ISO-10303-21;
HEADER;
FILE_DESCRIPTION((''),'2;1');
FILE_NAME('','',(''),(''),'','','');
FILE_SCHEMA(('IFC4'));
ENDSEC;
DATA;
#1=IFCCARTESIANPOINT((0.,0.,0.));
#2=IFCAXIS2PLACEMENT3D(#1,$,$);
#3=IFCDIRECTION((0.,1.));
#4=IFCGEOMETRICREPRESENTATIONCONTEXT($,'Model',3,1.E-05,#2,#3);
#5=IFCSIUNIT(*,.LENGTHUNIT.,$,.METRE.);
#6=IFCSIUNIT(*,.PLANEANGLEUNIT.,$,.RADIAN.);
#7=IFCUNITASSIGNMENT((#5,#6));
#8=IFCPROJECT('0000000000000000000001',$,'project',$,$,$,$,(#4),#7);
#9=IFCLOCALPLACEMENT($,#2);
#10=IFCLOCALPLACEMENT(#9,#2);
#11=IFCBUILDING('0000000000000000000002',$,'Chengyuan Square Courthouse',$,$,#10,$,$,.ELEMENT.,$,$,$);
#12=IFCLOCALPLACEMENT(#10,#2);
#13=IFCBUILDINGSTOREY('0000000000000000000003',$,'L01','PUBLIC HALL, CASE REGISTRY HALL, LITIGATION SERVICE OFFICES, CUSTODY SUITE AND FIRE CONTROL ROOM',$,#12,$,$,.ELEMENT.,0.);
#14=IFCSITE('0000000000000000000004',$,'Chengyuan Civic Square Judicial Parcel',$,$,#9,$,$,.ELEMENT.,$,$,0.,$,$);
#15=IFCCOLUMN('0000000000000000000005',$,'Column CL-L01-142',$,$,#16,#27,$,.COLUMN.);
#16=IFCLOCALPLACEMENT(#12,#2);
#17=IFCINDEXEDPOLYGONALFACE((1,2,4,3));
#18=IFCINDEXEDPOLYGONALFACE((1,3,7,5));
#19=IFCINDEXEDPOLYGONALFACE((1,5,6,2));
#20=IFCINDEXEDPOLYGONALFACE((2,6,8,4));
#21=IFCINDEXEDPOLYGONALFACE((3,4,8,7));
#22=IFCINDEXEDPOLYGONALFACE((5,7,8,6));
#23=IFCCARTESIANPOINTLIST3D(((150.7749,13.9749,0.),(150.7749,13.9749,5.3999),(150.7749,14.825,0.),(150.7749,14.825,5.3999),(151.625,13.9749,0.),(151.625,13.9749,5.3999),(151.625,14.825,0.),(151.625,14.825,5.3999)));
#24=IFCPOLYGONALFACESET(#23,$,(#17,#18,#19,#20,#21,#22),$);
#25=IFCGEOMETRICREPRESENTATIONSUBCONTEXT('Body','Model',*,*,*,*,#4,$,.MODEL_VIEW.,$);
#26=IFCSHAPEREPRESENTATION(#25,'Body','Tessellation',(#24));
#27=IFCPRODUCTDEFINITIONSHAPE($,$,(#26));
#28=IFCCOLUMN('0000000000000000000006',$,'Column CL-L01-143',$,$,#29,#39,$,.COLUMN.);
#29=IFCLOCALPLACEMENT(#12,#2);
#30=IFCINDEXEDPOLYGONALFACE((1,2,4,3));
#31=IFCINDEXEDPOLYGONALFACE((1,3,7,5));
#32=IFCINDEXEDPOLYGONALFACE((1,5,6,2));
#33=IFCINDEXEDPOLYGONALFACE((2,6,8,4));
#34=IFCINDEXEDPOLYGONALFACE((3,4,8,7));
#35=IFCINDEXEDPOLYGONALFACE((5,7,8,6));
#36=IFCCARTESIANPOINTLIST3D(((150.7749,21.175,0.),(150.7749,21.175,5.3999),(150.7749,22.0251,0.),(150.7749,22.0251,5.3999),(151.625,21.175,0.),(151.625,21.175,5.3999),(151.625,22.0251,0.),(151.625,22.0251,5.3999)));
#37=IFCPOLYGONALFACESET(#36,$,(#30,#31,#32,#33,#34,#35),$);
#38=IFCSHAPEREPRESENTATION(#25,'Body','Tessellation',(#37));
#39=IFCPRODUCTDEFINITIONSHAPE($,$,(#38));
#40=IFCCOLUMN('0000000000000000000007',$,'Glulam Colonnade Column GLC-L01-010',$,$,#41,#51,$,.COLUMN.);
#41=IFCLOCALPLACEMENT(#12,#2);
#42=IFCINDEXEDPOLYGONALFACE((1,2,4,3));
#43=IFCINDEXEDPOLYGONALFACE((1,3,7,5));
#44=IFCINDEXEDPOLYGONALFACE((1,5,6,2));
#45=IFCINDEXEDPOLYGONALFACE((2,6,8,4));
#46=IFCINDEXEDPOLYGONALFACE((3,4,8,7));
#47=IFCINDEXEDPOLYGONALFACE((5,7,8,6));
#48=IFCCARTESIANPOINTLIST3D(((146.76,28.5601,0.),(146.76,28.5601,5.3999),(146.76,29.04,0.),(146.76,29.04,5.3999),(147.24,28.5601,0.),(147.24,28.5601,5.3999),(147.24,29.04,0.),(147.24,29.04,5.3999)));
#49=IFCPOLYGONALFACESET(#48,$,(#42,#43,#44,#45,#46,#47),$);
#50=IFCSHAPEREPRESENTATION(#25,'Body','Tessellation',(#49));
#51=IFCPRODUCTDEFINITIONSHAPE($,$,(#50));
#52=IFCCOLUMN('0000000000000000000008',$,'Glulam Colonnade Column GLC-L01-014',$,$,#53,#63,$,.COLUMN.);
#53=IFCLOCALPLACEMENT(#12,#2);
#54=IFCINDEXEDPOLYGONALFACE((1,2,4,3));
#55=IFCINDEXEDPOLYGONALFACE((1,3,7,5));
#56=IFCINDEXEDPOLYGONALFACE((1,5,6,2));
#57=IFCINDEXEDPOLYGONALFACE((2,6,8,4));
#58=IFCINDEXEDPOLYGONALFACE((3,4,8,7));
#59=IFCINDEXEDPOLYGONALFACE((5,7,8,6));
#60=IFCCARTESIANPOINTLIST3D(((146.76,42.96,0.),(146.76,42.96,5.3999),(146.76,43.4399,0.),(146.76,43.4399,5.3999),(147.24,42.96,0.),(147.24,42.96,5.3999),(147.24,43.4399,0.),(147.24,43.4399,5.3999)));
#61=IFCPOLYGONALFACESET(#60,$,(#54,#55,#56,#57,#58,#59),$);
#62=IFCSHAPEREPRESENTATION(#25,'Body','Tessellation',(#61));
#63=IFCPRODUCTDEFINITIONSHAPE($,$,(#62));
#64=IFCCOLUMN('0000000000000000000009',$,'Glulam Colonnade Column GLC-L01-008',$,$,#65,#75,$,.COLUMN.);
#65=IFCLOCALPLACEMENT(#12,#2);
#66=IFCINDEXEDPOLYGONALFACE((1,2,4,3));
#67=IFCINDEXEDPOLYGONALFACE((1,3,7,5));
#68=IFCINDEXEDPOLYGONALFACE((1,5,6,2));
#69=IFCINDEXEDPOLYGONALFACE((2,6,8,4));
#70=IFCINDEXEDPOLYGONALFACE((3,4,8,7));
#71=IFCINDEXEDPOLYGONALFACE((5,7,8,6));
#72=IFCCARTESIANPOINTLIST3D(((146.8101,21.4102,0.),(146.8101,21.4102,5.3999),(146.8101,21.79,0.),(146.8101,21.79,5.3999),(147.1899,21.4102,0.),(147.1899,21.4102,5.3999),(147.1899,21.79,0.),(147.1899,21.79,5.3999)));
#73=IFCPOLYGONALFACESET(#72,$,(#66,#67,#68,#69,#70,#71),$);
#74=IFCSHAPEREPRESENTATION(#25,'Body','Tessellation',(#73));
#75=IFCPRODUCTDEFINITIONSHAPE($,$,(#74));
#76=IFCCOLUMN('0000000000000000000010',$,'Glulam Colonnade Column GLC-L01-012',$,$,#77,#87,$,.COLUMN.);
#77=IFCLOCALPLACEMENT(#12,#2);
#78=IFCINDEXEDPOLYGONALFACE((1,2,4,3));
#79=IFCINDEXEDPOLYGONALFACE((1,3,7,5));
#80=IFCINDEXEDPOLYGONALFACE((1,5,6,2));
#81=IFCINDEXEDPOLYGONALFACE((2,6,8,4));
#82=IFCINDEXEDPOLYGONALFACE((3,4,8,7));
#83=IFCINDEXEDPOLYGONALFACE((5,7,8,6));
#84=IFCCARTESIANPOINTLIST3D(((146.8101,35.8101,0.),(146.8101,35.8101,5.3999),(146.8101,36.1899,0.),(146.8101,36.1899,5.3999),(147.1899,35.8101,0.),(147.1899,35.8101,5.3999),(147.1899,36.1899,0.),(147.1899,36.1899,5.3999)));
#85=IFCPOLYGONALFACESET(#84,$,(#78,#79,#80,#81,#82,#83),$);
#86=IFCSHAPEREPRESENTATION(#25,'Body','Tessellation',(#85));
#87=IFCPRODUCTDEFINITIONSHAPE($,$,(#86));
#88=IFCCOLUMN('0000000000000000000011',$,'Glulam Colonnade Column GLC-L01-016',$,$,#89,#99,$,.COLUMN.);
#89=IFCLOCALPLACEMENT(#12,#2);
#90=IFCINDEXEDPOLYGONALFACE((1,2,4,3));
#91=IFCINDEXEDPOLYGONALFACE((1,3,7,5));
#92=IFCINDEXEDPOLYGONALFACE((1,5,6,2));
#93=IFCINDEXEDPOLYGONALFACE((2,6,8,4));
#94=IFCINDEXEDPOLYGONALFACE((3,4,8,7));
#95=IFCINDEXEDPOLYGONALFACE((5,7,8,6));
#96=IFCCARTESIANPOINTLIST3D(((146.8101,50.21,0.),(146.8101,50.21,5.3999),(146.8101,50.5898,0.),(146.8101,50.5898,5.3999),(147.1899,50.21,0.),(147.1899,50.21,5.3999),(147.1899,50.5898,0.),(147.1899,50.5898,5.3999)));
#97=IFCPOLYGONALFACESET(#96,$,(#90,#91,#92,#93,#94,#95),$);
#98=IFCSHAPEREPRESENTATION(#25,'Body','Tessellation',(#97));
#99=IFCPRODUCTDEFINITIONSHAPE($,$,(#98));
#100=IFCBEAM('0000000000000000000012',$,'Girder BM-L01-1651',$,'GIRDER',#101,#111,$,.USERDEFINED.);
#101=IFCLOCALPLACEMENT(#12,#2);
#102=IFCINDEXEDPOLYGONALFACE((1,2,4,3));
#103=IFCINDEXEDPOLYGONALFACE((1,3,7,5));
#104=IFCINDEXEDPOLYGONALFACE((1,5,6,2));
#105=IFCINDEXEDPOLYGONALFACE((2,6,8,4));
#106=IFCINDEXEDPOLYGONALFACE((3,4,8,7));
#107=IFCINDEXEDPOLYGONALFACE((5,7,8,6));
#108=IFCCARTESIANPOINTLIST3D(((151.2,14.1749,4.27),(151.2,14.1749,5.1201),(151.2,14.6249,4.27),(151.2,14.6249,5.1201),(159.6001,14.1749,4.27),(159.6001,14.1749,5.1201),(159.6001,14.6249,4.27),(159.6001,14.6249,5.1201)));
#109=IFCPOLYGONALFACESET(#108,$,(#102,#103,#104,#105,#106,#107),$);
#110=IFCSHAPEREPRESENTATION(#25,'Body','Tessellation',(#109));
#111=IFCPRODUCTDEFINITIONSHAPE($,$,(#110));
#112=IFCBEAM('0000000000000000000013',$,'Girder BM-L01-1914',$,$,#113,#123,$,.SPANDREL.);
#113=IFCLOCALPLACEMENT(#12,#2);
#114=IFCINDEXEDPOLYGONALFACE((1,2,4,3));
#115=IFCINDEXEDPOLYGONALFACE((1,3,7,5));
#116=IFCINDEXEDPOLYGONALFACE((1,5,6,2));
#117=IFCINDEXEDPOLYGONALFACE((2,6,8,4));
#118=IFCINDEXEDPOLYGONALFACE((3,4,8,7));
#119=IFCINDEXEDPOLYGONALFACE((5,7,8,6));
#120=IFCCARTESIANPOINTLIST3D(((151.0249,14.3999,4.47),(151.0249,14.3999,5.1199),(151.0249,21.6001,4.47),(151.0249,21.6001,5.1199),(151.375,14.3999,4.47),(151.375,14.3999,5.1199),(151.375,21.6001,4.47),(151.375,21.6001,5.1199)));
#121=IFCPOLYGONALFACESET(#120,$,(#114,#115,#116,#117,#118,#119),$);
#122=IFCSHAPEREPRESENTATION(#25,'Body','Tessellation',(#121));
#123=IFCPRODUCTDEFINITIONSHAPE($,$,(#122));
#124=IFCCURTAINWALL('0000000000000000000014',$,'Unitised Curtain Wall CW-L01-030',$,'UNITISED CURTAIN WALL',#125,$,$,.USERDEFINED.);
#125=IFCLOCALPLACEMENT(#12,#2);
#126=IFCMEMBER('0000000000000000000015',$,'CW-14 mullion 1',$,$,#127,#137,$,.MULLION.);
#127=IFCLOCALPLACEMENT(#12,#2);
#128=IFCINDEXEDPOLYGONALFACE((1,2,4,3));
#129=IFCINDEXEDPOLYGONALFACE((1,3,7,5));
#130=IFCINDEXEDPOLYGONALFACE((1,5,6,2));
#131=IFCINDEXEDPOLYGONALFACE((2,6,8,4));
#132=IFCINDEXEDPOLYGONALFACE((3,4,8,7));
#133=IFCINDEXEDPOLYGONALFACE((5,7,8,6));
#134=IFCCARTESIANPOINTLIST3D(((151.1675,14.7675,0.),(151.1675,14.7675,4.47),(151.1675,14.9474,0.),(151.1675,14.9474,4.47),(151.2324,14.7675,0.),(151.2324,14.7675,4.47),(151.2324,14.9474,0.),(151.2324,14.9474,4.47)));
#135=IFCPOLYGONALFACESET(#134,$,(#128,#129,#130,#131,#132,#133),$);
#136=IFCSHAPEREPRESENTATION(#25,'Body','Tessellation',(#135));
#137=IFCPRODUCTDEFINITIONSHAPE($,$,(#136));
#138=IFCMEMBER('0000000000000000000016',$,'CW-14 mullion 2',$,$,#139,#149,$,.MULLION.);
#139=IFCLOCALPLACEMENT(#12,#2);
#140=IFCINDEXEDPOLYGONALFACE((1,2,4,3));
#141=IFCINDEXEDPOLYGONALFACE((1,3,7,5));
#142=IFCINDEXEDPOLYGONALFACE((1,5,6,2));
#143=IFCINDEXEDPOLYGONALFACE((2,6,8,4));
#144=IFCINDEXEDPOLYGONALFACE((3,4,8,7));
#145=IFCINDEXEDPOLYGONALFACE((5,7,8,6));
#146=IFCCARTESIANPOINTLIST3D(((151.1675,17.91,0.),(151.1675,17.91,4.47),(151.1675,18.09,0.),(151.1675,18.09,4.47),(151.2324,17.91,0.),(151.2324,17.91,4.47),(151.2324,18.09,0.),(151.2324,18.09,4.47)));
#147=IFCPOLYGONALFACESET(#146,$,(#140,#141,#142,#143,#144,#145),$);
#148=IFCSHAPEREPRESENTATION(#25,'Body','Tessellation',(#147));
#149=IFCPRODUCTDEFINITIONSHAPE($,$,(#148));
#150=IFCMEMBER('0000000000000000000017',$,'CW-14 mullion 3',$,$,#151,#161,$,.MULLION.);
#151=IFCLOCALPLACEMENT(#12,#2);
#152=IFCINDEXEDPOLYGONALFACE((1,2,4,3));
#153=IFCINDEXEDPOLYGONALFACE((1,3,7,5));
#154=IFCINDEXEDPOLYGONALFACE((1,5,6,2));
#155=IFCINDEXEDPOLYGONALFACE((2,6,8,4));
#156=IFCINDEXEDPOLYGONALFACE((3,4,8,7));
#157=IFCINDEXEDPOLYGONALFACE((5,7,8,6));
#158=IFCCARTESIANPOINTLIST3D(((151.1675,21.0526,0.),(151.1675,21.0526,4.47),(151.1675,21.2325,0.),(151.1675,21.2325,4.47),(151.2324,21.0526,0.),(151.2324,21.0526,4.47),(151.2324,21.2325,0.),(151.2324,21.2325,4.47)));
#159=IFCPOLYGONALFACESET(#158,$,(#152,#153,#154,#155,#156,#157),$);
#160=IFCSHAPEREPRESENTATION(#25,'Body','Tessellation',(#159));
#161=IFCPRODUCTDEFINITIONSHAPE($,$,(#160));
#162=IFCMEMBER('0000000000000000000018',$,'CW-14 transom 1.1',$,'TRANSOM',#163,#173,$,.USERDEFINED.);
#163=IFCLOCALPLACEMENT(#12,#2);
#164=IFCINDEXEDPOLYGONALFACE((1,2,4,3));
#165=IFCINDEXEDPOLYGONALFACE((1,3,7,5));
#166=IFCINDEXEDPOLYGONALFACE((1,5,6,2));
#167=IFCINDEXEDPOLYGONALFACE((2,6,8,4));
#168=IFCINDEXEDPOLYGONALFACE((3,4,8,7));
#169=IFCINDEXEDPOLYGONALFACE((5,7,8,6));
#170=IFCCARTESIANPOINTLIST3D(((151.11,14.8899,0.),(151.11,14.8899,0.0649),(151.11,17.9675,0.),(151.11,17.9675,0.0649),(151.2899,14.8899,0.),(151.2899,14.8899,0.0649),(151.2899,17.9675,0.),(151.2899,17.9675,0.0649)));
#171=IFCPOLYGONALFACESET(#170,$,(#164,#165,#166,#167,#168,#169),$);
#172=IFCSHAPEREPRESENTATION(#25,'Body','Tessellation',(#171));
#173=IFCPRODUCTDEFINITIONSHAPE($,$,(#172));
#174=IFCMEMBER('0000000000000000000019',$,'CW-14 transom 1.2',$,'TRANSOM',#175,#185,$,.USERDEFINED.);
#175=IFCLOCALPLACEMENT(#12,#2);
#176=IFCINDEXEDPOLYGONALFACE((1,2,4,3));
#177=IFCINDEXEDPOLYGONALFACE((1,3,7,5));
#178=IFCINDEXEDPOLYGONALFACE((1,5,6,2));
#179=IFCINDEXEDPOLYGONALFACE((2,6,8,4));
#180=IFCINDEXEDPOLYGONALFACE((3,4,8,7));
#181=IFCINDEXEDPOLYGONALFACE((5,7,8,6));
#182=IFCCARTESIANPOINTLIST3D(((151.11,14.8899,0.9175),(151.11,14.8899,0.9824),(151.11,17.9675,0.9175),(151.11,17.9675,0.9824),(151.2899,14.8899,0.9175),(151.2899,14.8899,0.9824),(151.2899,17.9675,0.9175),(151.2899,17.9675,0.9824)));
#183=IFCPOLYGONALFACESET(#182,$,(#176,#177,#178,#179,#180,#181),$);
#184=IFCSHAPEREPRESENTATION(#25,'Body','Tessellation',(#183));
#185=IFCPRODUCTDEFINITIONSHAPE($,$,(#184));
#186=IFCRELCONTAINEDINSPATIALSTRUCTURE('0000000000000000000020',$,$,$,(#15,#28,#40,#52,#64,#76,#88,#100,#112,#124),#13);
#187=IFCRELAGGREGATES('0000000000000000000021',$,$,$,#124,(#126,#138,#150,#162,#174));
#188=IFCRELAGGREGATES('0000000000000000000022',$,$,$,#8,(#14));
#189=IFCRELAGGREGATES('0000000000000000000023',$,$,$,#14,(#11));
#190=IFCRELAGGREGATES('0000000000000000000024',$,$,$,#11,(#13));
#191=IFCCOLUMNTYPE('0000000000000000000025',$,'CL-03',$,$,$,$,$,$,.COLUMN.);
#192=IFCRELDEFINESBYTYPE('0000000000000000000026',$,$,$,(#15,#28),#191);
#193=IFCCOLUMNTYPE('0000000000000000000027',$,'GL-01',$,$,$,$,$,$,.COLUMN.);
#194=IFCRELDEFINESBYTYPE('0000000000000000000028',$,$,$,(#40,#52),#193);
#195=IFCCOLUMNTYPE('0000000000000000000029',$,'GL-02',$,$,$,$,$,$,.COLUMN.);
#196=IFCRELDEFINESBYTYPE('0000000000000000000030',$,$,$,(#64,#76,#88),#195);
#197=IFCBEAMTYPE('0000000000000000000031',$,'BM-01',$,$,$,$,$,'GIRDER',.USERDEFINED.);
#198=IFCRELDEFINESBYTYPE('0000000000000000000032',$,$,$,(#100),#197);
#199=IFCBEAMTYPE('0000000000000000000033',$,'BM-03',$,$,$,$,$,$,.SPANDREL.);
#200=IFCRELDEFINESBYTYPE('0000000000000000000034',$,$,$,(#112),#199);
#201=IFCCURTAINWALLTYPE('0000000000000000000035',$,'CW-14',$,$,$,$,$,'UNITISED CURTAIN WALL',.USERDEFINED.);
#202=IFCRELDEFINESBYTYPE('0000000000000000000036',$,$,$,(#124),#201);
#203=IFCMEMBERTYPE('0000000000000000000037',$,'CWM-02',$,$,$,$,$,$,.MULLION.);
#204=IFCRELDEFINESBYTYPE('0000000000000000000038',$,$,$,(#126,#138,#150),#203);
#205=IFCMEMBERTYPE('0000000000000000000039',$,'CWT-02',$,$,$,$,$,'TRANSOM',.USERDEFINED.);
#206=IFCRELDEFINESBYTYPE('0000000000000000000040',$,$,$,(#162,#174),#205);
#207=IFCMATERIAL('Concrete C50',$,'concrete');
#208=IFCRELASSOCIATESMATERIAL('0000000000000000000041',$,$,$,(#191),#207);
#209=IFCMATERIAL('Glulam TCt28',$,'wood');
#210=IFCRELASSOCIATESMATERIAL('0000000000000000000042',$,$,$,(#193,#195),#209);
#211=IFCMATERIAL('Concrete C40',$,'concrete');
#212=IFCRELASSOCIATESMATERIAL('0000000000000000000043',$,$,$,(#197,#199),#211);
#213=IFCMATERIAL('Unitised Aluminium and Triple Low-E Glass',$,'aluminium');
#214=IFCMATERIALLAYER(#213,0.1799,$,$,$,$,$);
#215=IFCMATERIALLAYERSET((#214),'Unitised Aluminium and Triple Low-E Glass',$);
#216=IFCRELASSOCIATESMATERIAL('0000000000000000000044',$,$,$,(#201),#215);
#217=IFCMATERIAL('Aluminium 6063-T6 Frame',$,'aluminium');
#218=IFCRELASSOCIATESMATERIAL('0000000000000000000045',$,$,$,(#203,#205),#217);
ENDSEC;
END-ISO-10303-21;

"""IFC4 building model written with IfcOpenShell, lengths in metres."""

from ifc_helpers import new_model, si_unit, direction, frame, origin, origin_2d, place, context, subcontext, project, spatial, rectangle, extrude, material, layer, layer_set, material_profile, profile_set, type_object, element, aggregate, save


model = new_model("IFC4")

# Units and contexts
model_context = context("Model", 3, precision=1e-05, world=origin(), true_north=direction((0.0, 1.0)))
body_context = subcontext(model_context, "Body", "Model", "MODEL_VIEW")
ifc_project = project(units=[si_unit("LENGTHUNIT", "METRE"), si_unit("PLANEANGLEUNIT", "RADIAN")], contexts=[model_context])

# Site, building, storey
site_placement = place(None, origin())
site = spatial("IfcSite", under=ifc_project, at=site_placement, Name="Chengyuan Civic Square Judicial Parcel", CompositionType="ELEMENT", RefElevation=0.0)
building_placement = place(site_placement, origin())
building = spatial("IfcBuilding", under=site, at=building_placement, Name="Chengyuan Square Courthouse", CompositionType="ELEMENT")
storey_placement = place(building_placement, origin())
storey = spatial("IfcBuildingStorey", under=building, at=storey_placement, Name="L01", Description="PUBLIC HALL, CASE REGISTRY HALL, LITIGATION SERVICE OFFICES, CUSTODY SUITE AND FIRE CONTROL ROOM", CompositionType="ELEMENT", Elevation=0.0)

# Columns
ifc_material_1 = material(Name="Concrete C50", Category="concrete")
ifc_material_profile_1 = material_profile(ifc_material_1, rectangle(XDim=0.8501, YDim=0.8501, at=origin_2d()), Name="RC-COL-850x850")
ifc_profile_set_1 = profile_set([ifc_material_profile_1], Name="Concrete C50")
column_type_1 = type_object("IfcColumnType", Name="CL-03", PredefinedType="COLUMN", material=ifc_profile_set_1)
for number, where, z_axis, x_axis, name in (
    (1, (151.2, 14.3999, 0.0), (0.0, 0.0, 1.0), (1.0, 0.0, 0.0), "Column CL-L01-142"),
    (2, (151.2, 21.6001, 0.0), (0.0, 0.0, 1.0), (1.0, 0.0, 0.0), "Column CL-L01-143"),
):
    element("IfcColumn", number, at=place(storey_placement, frame(where, z_axis=z_axis, x_axis=x_axis)), inside=storey, type_object=column_type_1, Name=name, PredefinedType="COLUMN", context=body_context, shape_type="SweptSolid", body=[
        extrude(rectangle(XDim=0.8501, YDim=0.8501, at=origin_2d()), origin(), (0.0, 0.0, 1.0), 5.3999),
    ])
ifc_material_2 = material(Name="Glulam TCt28", Category="wood")
ifc_material_profile_2 = material_profile(ifc_material_2, rectangle(XDim=0.48, YDim=0.48, at=origin_2d()), Name="GL-COL-480x480")
ifc_profile_set_2 = profile_set([ifc_material_profile_2], Name="Glulam TCt28")
column_type_2 = type_object("IfcColumnType", Name="GL-01", PredefinedType="COLUMN", material=ifc_profile_set_2)
for number, where, z_axis, x_axis, name in (
    (3, (147.0, 28.8, 0.0), (0.0, 0.0, 1.0), (1.0, 0.0, 0.0), "Glulam Colonnade Column GLC-L01-010"),
    (4, (147.0, 43.2, 0.0), (0.0, 0.0, 1.0), (1.0, 0.0, 0.0), "Glulam Colonnade Column GLC-L01-014"),
):
    element("IfcColumn", number, at=place(storey_placement, frame(where, z_axis=z_axis, x_axis=x_axis)), inside=storey, type_object=column_type_2, Name=name, PredefinedType="COLUMN", context=body_context, shape_type="SweptSolid", body=[
        extrude(rectangle(XDim=0.48, YDim=0.48, at=origin_2d()), origin(), (0.0, 0.0, 1.0), 5.3999),
    ])
ifc_material_profile_3 = material_profile(ifc_material_2, rectangle(XDim=0.3799, YDim=0.3799, at=origin_2d()), Name="GL-COL-380x380")
ifc_profile_set_3 = profile_set([ifc_material_profile_3], Name="Glulam TCt28")
column_type_3 = type_object("IfcColumnType", Name="GL-02", PredefinedType="COLUMN", material=ifc_profile_set_3)
for number, where, z_axis, x_axis, name in (
    (5, (147.0, 21.6001, 0.0), (0.0, 0.0, 1.0), (1.0, 0.0, 0.0), "Glulam Colonnade Column GLC-L01-008"),
    (6, (147.0, 36.0, 0.0), (0.0, 0.0, 1.0), (1.0, 0.0, 0.0), "Glulam Colonnade Column GLC-L01-012"),
    (7, (147.0, 50.3999, 0.0), (0.0, 0.0, 1.0), (1.0, 0.0, 0.0), "Glulam Colonnade Column GLC-L01-016"),
):
    element("IfcColumn", number, at=place(storey_placement, frame(where, z_axis=z_axis, x_axis=x_axis)), inside=storey, type_object=column_type_3, Name=name, PredefinedType="COLUMN", context=body_context, shape_type="SweptSolid", body=[
        extrude(rectangle(XDim=0.3799, YDim=0.3799, at=origin_2d()), origin(), (0.0, 0.0, 1.0), 5.3999),
    ])

# Beams
ifc_material_3 = material(Name="Concrete C40", Category="concrete")
ifc_material_profile_4 = material_profile(ifc_material_3, rectangle(XDim=0.45, YDim=0.8501, at=origin_2d()), Name="RC-BM-450x850")
ifc_profile_set_4 = profile_set([ifc_material_profile_4], Name="Concrete C40")
beam_type_1 = type_object("IfcBeamType", Name="BM-01", ElementType="GIRDER", PredefinedType="USERDEFINED", material=ifc_profile_set_4)
beam_1_placement = place(storey_placement, frame((151.2, 14.3999, 4.6951), z_axis=(1.0, 0.0, 0.0), x_axis=(0.0, 1.0, 0.0)))
element("IfcBeam", 8, at=beam_1_placement, inside=storey, type_object=beam_type_1, Name="Girder BM-L01-1651", ObjectType="GIRDER", PredefinedType="USERDEFINED", context=body_context, shape_type="SweptSolid", body=[
    extrude(rectangle(XDim=0.45, YDim=0.8501, at=origin_2d()), origin(), (0.0, 0.0, 1.0), 8.4001),
])
ifc_material_profile_5 = material_profile(ifc_material_3, rectangle(XDim=0.3501, YDim=0.6499, at=origin_2d()), Name="RC-BM-350x650")
ifc_profile_set_5 = profile_set([ifc_material_profile_5], Name="Concrete C40")
beam_type_2 = type_object("IfcBeamType", Name="BM-03", PredefinedType="SPANDREL", material=ifc_profile_set_5)
beam_2_placement = place(storey_placement, frame((151.2, 14.3999, 4.7949), z_axis=(0.0, 1.0, 0.0), x_axis=(-1.0, 0.0, 0.0)))
element("IfcBeam", 9, at=beam_2_placement, inside=storey, type_object=beam_type_2, Name="Girder BM-L01-1914", PredefinedType="SPANDREL", context=body_context, shape_type="SweptSolid", body=[
    extrude(rectangle(XDim=0.3501, YDim=0.6499, at=origin_2d()), origin(), (0.0, 0.0, 1.0), 7.2002),
])

# Curtain wall, members
ifc_material_4 = material(Name="Unitised Aluminium and Triple Low-E Glass", Category="aluminium")
ifc_layer_1 = layer(ifc_material_4, 0.1799)
ifc_layer_set_1 = layer_set([ifc_layer_1], Name="Unitised Aluminium and Triple Low-E Glass")
curtain_wall_type = type_object("IfcCurtainWallType", Name="CW-14", ElementType="UNITISED CURTAIN WALL", PredefinedType="USERDEFINED", material=ifc_layer_set_1)
curtain_wall_placement = place(storey_placement, origin())
curtain_wall = element("IfcCurtainWall", 10, at=curtain_wall_placement, inside=storey, type_object=curtain_wall_type, Name="Unitised Curtain Wall CW-L01-030", ObjectType="UNITISED CURTAIN WALL", PredefinedType="USERDEFINED")
ifc_material_5 = material(Name="Aluminium 6063-T6 Frame", Category="aluminium")
ifc_material_profile_6 = material_profile(ifc_material_5, rectangle(XDim=0.0649, YDim=0.1799, at=origin_2d()), Name="CW-MUL-65x180")
ifc_profile_set_6 = profile_set([ifc_material_profile_6], Name="Aluminium 6063-T6 Frame")
member_type_1 = type_object("IfcMemberType", Name="CWM-02", PredefinedType="MULLION", material=ifc_profile_set_6)
member_1_placement = place(storey_placement, frame((151.2, 14.8574, 0.0), z_axis=(0.0, 0.0, 1.0), x_axis=(-1.0, 0.0, 0.0)))
member_1 = element("IfcMember", 11, at=member_1_placement, type_object=member_type_1, Name="CW-14 mullion 1", PredefinedType="MULLION", context=body_context, shape_type="SweptSolid", body=[
    extrude(rectangle(XDim=0.0649, YDim=0.1799, at=origin_2d()), origin(), (0.0, 0.0, 1.0), 4.47),
])
member_2_placement = place(storey_placement, frame((151.2, 18.0, 0.0), z_axis=(0.0, 0.0, 1.0), x_axis=(-1.0, 0.0, 0.0)))
member_2 = element("IfcMember", 12, at=member_2_placement, type_object=member_type_1, Name="CW-14 mullion 2", PredefinedType="MULLION", context=body_context, shape_type="SweptSolid", body=[
    extrude(rectangle(XDim=0.0649, YDim=0.1799, at=origin_2d()), origin(), (0.0, 0.0, 1.0), 4.47),
])
member_3_placement = place(storey_placement, frame((151.2, 21.1426, 0.0), z_axis=(0.0, 0.0, 1.0), x_axis=(-1.0, 0.0, 0.0)))
member_3 = element("IfcMember", 13, at=member_3_placement, type_object=member_type_1, Name="CW-14 mullion 3", PredefinedType="MULLION", context=body_context, shape_type="SweptSolid", body=[
    extrude(rectangle(XDim=0.0649, YDim=0.1799, at=origin_2d()), origin(), (0.0, 0.0, 1.0), 4.47),
])
ifc_material_profile_7 = material_profile(ifc_material_5, rectangle(XDim=0.1799, YDim=0.0649, at=origin_2d()), Name="CW-TRN-65x140")
ifc_profile_set_7 = profile_set([ifc_material_profile_7], Name="Aluminium 6063-T6 Frame")
member_type_2 = type_object("IfcMemberType", Name="CWT-02", ElementType="TRANSOM", PredefinedType="USERDEFINED", material=ifc_profile_set_7)
member_4_placement = place(storey_placement, frame((151.2, 14.8899, 0.0325), z_axis=(0.0, 1.0, 0.0), x_axis=(-1.0, 0.0, 0.0)))
member_4 = element("IfcMember", 14, at=member_4_placement, type_object=member_type_2, Name="CW-14 transom 1.1", ObjectType="TRANSOM", PredefinedType="USERDEFINED", context=body_context, shape_type="SweptSolid", body=[
    extrude(rectangle(XDim=0.1799, YDim=0.0649, at=origin_2d()), origin(), (0.0, 0.0, 1.0), 3.0776),
])
member_5_placement = place(storey_placement, frame((151.2, 14.8899, 0.95), z_axis=(0.0, 1.0, 0.0), x_axis=(-1.0, 0.0, 0.0)))
member_5 = element("IfcMember", 15, at=member_5_placement, type_object=member_type_2, Name="CW-14 transom 1.2", ObjectType="TRANSOM", PredefinedType="USERDEFINED", context=body_context, shape_type="SweptSolid", body=[
    extrude(rectangle(XDim=0.1799, YDim=0.0649, at=origin_2d()), origin(), (0.0, 0.0, 1.0), 3.0776),
])

aggregate(curtain_wall, [member_1, member_2, member_3, member_4, member_5])

save(model, "model.ifc")
